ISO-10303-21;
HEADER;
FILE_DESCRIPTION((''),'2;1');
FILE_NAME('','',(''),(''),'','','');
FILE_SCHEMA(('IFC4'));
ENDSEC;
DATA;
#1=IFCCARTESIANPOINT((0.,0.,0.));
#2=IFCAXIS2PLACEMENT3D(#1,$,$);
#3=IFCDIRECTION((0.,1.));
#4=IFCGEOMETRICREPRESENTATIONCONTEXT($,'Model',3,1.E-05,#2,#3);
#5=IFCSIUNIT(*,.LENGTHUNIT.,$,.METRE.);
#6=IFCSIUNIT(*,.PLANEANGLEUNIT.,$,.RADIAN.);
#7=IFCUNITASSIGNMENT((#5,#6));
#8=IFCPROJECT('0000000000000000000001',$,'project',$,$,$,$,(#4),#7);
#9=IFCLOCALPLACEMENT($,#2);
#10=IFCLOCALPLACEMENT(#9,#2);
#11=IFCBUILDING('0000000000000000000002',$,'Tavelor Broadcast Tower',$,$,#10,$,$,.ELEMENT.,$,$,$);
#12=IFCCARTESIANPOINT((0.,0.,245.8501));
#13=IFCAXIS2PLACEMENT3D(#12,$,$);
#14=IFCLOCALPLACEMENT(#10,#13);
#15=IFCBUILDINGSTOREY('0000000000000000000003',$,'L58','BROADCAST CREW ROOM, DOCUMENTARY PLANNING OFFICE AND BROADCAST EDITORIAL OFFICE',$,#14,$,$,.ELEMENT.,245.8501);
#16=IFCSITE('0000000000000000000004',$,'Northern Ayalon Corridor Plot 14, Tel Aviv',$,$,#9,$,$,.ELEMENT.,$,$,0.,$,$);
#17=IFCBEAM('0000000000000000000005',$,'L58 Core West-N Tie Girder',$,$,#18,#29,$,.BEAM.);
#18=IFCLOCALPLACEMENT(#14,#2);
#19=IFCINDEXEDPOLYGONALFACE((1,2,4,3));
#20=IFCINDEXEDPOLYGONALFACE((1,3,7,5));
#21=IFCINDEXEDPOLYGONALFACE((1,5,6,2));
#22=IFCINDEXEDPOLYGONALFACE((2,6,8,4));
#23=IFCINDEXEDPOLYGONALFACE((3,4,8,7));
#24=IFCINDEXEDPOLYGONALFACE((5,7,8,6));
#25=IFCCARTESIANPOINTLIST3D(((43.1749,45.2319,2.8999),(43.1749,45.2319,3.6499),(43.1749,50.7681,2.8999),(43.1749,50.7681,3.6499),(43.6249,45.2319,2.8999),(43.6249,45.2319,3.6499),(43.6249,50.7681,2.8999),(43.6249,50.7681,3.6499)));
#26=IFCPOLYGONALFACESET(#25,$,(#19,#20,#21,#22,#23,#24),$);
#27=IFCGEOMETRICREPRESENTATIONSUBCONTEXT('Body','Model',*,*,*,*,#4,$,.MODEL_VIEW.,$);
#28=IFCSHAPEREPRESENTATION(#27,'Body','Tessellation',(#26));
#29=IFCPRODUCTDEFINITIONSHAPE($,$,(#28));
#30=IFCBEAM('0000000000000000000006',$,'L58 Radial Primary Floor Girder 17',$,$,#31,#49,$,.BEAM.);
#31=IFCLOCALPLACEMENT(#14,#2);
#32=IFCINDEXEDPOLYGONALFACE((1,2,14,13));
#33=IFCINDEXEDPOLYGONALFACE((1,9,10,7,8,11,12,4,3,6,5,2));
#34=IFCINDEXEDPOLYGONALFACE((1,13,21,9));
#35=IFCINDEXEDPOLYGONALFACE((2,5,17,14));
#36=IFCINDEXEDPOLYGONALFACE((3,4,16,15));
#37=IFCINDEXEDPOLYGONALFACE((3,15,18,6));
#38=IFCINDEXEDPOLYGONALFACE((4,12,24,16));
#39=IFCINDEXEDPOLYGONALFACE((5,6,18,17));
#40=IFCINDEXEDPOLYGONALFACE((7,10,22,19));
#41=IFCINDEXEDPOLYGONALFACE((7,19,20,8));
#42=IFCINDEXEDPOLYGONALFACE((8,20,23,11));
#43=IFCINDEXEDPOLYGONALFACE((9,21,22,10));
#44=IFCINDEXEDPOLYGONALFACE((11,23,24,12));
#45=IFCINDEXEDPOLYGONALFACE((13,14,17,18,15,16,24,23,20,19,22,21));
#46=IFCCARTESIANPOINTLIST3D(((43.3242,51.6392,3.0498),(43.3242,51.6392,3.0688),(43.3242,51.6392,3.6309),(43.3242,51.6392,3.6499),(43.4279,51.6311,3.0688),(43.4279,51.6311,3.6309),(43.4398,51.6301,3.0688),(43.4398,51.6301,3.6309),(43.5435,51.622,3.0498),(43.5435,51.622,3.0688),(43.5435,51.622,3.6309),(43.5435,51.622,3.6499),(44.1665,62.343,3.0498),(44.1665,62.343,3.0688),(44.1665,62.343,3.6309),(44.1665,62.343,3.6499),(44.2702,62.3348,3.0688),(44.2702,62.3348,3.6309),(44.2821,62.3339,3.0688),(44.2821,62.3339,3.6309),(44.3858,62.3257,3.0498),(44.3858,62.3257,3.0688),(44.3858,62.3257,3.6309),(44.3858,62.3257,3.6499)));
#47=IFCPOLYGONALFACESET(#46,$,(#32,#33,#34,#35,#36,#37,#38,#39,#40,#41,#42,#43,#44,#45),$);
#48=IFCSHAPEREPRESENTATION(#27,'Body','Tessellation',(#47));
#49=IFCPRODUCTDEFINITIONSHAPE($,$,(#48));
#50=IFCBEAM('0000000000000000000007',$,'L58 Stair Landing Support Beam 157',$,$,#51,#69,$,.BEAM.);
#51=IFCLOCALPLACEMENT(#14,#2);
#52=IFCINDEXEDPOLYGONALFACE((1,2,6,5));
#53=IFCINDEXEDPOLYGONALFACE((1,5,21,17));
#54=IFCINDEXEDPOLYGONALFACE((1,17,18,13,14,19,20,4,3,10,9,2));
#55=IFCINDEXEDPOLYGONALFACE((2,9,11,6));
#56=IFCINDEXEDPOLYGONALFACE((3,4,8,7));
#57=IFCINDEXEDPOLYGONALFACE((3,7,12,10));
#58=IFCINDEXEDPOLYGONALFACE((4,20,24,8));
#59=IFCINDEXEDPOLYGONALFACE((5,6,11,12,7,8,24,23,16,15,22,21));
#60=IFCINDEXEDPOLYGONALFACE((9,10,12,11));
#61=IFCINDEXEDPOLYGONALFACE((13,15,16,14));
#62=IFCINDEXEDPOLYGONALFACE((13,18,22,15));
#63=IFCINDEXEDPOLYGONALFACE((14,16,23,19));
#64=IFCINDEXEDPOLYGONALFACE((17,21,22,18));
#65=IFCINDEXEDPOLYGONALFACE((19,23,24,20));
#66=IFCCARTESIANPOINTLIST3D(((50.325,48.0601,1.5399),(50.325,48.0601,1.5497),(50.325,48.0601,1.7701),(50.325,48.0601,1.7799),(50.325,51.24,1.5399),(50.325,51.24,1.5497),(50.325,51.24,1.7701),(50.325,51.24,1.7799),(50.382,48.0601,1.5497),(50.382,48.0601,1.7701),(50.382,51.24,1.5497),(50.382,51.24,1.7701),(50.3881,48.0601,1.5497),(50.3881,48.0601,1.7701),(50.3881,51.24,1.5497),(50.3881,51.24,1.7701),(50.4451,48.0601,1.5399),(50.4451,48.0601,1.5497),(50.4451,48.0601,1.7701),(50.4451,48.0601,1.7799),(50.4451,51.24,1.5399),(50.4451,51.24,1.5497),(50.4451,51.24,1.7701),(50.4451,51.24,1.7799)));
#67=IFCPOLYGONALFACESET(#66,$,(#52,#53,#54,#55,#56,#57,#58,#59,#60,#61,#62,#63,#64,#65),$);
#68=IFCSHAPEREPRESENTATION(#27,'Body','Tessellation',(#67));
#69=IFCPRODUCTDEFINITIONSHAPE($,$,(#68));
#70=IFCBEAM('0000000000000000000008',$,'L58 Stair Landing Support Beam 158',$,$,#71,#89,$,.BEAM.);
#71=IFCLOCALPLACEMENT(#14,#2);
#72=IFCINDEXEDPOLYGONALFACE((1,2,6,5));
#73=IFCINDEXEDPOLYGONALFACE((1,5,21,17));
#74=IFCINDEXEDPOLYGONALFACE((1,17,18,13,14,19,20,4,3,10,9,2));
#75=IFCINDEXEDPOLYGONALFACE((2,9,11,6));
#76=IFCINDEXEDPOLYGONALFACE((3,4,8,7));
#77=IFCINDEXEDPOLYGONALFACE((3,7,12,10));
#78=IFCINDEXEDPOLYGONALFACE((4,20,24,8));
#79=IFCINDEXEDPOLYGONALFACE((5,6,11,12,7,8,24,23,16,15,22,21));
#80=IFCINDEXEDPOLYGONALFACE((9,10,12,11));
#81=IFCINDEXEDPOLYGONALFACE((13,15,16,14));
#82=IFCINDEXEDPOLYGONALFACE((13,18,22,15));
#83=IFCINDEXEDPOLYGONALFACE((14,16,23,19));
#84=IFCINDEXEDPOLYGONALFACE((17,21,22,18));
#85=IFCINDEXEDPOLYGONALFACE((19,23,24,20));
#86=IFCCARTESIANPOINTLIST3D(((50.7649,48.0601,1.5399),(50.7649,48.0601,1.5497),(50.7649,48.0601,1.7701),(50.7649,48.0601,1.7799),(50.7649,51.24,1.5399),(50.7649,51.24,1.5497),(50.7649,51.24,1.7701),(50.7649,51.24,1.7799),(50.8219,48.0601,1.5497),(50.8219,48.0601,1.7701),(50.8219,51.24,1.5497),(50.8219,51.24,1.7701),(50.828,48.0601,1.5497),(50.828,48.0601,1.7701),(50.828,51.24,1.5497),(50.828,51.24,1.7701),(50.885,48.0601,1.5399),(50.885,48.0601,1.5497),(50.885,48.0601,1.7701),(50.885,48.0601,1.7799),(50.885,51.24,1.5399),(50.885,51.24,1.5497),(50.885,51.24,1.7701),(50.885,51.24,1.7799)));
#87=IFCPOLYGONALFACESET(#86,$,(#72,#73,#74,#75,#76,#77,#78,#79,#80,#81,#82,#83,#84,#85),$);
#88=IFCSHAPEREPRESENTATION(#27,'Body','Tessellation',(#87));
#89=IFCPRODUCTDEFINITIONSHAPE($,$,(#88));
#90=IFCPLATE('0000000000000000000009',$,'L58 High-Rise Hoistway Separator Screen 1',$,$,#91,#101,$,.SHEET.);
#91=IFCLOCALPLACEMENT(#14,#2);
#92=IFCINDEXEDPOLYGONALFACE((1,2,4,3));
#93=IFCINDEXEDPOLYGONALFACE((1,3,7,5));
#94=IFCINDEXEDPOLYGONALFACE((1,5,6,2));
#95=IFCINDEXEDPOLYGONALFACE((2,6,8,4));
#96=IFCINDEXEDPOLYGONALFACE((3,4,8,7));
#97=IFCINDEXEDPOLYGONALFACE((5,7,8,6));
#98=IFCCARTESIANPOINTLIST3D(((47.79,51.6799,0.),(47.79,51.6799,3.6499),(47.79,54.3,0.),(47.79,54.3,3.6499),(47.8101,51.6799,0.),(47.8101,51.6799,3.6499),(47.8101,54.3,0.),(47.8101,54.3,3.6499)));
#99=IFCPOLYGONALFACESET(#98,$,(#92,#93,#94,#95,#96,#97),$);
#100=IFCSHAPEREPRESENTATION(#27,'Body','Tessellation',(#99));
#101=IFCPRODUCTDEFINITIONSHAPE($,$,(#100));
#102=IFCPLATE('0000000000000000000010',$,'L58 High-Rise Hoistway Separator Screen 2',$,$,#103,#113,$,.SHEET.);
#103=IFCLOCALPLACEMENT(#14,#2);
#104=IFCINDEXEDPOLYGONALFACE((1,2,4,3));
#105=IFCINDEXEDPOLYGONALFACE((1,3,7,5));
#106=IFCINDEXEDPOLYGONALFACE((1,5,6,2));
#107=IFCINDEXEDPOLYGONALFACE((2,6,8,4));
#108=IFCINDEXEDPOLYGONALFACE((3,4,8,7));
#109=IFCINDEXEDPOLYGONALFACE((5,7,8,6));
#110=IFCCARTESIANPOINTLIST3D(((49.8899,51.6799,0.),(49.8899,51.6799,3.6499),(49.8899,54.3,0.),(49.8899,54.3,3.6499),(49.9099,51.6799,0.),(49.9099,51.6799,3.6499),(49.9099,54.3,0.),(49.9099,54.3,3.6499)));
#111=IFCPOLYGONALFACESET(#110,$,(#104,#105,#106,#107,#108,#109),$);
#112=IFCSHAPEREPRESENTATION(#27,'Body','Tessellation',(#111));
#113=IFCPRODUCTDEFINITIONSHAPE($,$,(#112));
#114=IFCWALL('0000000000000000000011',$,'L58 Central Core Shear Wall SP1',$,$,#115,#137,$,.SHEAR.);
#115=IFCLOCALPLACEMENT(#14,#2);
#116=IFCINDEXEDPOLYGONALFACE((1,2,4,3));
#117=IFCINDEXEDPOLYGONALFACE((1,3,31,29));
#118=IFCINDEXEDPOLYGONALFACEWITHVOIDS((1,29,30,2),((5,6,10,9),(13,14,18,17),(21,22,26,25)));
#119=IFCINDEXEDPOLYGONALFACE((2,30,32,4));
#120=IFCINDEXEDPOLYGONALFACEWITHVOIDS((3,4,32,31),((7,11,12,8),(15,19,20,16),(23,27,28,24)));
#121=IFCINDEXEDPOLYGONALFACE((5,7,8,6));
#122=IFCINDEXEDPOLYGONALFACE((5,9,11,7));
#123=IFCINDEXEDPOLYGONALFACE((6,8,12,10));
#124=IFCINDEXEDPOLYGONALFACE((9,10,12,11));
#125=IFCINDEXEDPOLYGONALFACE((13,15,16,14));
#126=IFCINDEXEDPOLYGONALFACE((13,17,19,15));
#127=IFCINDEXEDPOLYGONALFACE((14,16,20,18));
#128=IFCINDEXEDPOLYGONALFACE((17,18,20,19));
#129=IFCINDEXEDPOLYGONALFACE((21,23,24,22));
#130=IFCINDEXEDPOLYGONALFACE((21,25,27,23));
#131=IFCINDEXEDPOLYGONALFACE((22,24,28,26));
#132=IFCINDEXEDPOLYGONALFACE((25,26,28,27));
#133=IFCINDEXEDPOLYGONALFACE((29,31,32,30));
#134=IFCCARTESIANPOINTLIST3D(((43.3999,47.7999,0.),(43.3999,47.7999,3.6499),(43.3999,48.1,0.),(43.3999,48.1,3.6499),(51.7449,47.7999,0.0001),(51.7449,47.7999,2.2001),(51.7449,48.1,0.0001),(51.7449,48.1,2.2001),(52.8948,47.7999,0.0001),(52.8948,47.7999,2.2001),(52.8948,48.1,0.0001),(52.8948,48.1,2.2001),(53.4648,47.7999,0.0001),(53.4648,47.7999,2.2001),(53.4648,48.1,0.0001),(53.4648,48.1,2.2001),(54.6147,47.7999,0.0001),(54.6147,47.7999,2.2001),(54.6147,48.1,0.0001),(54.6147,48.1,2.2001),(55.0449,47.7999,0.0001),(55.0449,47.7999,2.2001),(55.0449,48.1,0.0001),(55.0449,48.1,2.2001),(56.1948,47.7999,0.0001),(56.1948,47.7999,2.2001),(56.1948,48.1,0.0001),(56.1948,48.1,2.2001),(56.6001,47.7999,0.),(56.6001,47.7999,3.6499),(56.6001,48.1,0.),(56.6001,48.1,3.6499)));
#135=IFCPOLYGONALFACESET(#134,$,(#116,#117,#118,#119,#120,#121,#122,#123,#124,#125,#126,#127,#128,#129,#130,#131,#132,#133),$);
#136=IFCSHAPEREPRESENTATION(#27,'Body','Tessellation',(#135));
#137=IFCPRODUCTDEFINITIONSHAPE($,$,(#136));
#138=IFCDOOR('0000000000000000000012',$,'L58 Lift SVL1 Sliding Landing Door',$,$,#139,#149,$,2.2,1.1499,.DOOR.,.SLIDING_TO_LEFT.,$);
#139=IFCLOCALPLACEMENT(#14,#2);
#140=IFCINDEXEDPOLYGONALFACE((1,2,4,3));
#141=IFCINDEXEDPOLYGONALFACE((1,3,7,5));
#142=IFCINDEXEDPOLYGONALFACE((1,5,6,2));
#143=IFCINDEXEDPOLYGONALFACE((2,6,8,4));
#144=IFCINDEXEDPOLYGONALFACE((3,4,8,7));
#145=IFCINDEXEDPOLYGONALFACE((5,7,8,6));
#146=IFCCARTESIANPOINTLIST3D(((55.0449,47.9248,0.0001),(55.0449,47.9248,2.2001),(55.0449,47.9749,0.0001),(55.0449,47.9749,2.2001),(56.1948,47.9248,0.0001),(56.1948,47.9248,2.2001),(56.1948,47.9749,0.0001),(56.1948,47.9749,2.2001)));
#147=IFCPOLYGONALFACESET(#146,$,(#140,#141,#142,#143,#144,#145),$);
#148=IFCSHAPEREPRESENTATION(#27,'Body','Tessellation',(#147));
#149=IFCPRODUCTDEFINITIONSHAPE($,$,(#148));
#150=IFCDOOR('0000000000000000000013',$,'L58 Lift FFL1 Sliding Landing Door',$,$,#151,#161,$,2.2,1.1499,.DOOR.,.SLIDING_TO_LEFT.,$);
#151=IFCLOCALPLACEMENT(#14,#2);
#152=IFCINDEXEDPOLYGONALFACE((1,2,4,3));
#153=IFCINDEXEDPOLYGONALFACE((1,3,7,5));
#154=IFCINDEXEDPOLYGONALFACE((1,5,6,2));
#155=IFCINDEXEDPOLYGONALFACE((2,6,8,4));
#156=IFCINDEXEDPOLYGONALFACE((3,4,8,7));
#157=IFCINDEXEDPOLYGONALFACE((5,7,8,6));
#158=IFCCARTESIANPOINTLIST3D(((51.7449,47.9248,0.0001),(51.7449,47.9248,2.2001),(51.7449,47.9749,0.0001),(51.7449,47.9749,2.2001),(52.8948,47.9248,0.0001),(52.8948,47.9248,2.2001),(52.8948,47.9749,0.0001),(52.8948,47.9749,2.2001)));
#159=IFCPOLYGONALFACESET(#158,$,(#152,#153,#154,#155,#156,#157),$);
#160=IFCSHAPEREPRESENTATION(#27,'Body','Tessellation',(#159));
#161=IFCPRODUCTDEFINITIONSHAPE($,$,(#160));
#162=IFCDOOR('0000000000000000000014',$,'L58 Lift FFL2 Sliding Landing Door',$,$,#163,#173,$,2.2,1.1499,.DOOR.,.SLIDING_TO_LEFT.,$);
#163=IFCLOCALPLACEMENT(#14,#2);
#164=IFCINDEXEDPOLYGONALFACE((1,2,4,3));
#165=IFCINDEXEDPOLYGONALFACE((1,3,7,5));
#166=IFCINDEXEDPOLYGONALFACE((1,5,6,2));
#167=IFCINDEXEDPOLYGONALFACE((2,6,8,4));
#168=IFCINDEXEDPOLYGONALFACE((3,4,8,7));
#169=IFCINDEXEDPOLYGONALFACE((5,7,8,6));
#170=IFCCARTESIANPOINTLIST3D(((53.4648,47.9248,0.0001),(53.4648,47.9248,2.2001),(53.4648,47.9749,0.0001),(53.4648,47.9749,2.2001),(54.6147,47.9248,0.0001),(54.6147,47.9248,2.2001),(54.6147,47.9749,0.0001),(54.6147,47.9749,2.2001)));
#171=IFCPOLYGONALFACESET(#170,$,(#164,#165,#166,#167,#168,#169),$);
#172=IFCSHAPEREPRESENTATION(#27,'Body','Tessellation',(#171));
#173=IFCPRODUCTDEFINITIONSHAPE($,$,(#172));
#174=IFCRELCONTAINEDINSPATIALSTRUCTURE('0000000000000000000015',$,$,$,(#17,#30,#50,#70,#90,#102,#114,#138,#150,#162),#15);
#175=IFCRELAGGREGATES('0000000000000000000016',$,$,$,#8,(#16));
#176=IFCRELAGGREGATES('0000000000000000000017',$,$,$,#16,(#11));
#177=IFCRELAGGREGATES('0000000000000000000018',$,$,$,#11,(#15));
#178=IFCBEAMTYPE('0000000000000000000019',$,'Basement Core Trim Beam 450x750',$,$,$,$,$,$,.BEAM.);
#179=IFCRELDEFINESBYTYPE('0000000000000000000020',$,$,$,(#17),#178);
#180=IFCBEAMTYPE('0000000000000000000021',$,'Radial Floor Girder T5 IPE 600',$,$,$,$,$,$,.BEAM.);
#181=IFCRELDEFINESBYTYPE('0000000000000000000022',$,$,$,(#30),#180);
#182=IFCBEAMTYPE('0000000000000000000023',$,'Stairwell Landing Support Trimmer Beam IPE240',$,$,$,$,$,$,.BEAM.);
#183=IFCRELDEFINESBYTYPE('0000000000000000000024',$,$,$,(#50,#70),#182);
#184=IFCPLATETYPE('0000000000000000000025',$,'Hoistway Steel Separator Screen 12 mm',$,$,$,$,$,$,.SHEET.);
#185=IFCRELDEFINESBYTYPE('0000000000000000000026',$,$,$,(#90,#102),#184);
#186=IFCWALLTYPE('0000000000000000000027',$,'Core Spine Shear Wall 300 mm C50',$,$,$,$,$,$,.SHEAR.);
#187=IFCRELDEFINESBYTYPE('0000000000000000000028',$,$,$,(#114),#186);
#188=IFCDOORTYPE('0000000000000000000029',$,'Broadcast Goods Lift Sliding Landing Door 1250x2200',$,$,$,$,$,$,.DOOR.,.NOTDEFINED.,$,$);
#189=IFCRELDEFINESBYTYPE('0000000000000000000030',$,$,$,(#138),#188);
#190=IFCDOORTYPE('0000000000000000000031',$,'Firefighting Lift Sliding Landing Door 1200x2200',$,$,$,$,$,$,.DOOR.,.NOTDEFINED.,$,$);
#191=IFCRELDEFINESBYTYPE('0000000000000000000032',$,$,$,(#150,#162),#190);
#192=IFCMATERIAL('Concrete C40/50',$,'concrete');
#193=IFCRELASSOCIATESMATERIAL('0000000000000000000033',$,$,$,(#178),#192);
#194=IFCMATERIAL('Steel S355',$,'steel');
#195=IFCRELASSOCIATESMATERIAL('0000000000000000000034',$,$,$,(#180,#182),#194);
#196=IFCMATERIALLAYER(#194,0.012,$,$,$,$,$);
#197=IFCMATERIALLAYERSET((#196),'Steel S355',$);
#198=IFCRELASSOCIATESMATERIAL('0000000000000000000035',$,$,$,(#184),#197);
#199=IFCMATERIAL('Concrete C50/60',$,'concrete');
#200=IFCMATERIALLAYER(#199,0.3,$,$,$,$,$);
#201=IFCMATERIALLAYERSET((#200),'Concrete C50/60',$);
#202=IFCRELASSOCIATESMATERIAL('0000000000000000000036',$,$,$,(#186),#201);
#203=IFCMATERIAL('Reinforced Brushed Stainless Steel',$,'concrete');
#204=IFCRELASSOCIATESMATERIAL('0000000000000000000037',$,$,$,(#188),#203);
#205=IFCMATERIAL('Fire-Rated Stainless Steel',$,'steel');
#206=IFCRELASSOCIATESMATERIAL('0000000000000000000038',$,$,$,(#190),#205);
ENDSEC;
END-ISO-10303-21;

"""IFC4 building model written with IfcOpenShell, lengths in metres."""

from ifc_helpers import new_model, si_unit, direction, frame, frame_2d, origin, origin_2d, place, context, subcontext, project, spatial, rectangle, i_section, extrude, source, transform, mapped, material, layer, layer_set, material_profile, profile_set, type_object, type_shapes, element, fill, save


model = new_model("IFC4")

# Units and contexts
model_context = context("Model", 3, precision=1e-05, world=origin(), true_north=direction((0.0, 1.0)))
body_context = subcontext(model_context, "Body", "Model", "MODEL_VIEW")
ifc_project = project(units=[si_unit("LENGTHUNIT", "METRE"), si_unit("PLANEANGLEUNIT", "RADIAN")], contexts=[model_context])

# Site, building, storey
site_placement = place(None, origin())
site = spatial("IfcSite", under=ifc_project, at=site_placement, Name="Northern Ayalon Corridor Plot 14, Tel Aviv", CompositionType="ELEMENT", RefElevation=0.0)
building_placement = place(site_placement, origin())
building = spatial("IfcBuilding", under=site, at=building_placement, Name="Tavelor Broadcast Tower", CompositionType="ELEMENT")
storey_placement = place(building_placement, frame((0.0, 0.0, 245.8501)))
storey = spatial("IfcBuildingStorey", under=building, at=storey_placement, Name="L58", Description="BROADCAST CREW ROOM, DOCUMENTARY PLANNING OFFICE AND BROADCAST EDITORIAL OFFICE", CompositionType="ELEMENT", Elevation=245.8501)

# Beams
ifc_material_1 = material(Name="Concrete C40/50", Category="concrete")
ifc_material_profile_1 = material_profile(ifc_material_1, rectangle(XDim=0.45, YDim=0.75, at=origin_2d()), Name="RC 450x750")
ifc_profile_set_1 = profile_set([ifc_material_profile_1], Name="Concrete C40/50")
beam_type_1 = type_object("IfcBeamType", Name="Basement Core Trim Beam 450x750", PredefinedType="BEAM", material=ifc_profile_set_1)
beam_1_placement = place(storey_placement, frame((43.3999, 45.2319, 3.2749), z_axis=(0.0, 1.0, 0.0), x_axis=(-1.0, 0.0, 0.0)))
element("IfcBeam", 1, at=beam_1_placement, inside=storey, type_object=beam_type_1, Name="L58 Core West-N Tie Girder", PredefinedType="BEAM", context=body_context, shape_type="SweptSolid", body=[
    extrude(rectangle(XDim=0.45, YDim=0.75, at=origin_2d()), origin(), (0.0, 0.0, 1.0), 5.5361),
])
ifc_material_2 = material(Name="Steel S355", Category="steel")
ifc_material_profile_2 = material_profile(ifc_material_2, i_section(OverallWidth=0.22, OverallDepth=0.6001, WebThickness=0.012, FlangeThickness=0.019, at=origin_2d()), Name="IPE 600")
ifc_profile_set_2 = profile_set([ifc_material_profile_2], Name="Steel S355")
beam_type_2 = type_object("IfcBeamType", Name="Radial Floor Girder T5 IPE 600", PredefinedType="BEAM", material=ifc_profile_set_2)
beam_2_placement = place(storey_placement, frame((43.4338, 51.6306, 3.3499), z_axis=(0.078449, 0.996918, 0.0), x_axis=(-0.996918, 0.078449, 0.0)))
element("IfcBeam", 2, at=beam_2_placement, inside=storey, type_object=beam_type_2, Name="L58 Radial Primary Floor Girder 17", PredefinedType="BEAM", context=body_context, shape_type="SweptSolid", body=[
    extrude(i_section(OverallWidth=0.22, OverallDepth=0.6001, WebThickness=0.012, FlangeThickness=0.019, at=origin_2d()), origin(), (0.0, 0.0, 1.0), 10.7368),
])
ifc_material_profile_3 = material_profile(ifc_material_2, i_section(OverallWidth=0.1201, OverallDepth=0.24, WebThickness=0.0061, FlangeThickness=0.0098, at=origin_2d()), Name="IPE 240")
ifc_profile_set_3 = profile_set([ifc_material_profile_3], Name="Steel S355")
beam_type_3 = type_object("IfcBeamType", Name="Stairwell Landing Support Trimmer Beam IPE240", PredefinedType="BEAM", material=ifc_profile_set_3)
for number, where, z_axis, x_axis, name in (
    (3, (50.385, 48.0601, 1.6599), (0.0, 1.0, 0.0), (-1.0, 0.0, 0.0), "L58 Stair Landing Support Beam 157"),
    (4, (50.825, 48.0601, 1.6599), (0.0, 1.0, 0.0), (-1.0, 0.0, 0.0), "L58 Stair Landing Support Beam 158"),
):
    element("IfcBeam", number, at=place(storey_placement, frame(where, z_axis=z_axis, x_axis=x_axis)), inside=storey, type_object=beam_type_3, Name=name, PredefinedType="BEAM", context=body_context, shape_type="SweptSolid", body=[
        extrude(i_section(OverallWidth=0.1201, OverallDepth=0.24, WebThickness=0.0061, FlangeThickness=0.0098, at=origin_2d()), origin(), (0.0, 0.0, 1.0), 3.1799),
    ])

# Plates
ifc_layer_1 = layer(ifc_material_2, 0.012)
ifc_layer_set_1 = layer_set([ifc_layer_1], Name="Steel S355")
plate_type = type_object("IfcPlateType", Name="Hoistway Steel Separator Screen 12 mm", PredefinedType="SHEET", material=ifc_layer_set_1)
shared_shape = source(origin(), body_context, "Body", "SweptSolid", [
    extrude(rectangle(XDim=0.02, YDim=2.6201, at=origin_2d()), origin(), (0.0, 0.0, 1.0), 3.6499),
])
type_shapes(plate_type, [shared_shape])
for number, where, z_axis, x_axis, name in (
    (5, (47.8, 52.99, 0.0), (0.0, 0.0, 1.0), (1.0, 0.0, 0.0), "L58 High-Rise Hoistway Separator Screen 1"),
    (6, (49.8999, 52.99, 0.0), (0.0, 0.0, 1.0), (1.0, 0.0, 0.0), "L58 High-Rise Hoistway Separator Screen 2"),
):
    element("IfcPlate", number, at=place(storey_placement, frame(where, z_axis=z_axis, x_axis=x_axis)), inside=storey, type_object=plate_type, Name=name, PredefinedType="SHEET", context=body_context, shape_type="MappedRepresentation", body=[
        mapped(shared_shape, transform((0.0, 0.0, 0.0), scale=1.0)),
    ])

# Wall, openings, doors
ifc_material_3 = material(Name="Concrete C50/60", Category="concrete")
ifc_layer_2 = layer(ifc_material_3, 0.3)
ifc_layer_set_2 = layer_set([ifc_layer_2], Name="Concrete C50/60")
wall_type_1 = type_object("IfcWallType", Name="Core Spine Shear Wall 300 mm C50", PredefinedType="SHEAR", material=ifc_layer_set_2)
wall_1_placement = place(storey_placement, frame((43.3999, 47.95, 0.0), z_axis=(0.0, 0.0, 1.0), x_axis=(1.0, 0.0, 0.0)))
wall_1 = element("IfcWall", 7, at=wall_1_placement, inside=storey, type_object=wall_type_1, Name="L58 Central Core Shear Wall SP1", PredefinedType="SHEAR", context=body_context, shape_type="SweptSolid", body=[
    extrude(rectangle(XDim=13.2002, YDim=0.3, at=frame_2d((6.6001, 0.0))), origin(), (0.0, 0.0, 1.0), 3.6499),
])
opening_1_placement = place(wall_1_placement, frame((8.345, 0.0, 0.0)))
opening_1 = element("IfcOpeningElement", 8, at=opening_1_placement, cuts=wall_1, PredefinedType="OPENING", context=body_context, shape_type="SweptSolid", body=[
    extrude(rectangle(XDim=1.1499, YDim=2.2, at=frame_2d((0.575, 1.1001))), frame((0.0, 0.1602, 0.0), z_axis=(0.0, -1.0, 0.0), x_axis=(1.0, 0.0, 0.0)), (0.0, 0.0, 1.0), 0.3201),
])
opening_2_placement = place(wall_1_placement, frame((10.0649, 0.0, 0.0)))
opening_2 = element("IfcOpeningElement", 9, at=opening_2_placement, cuts=wall_1, PredefinedType="OPENING", context=body_context, shape_type="SweptSolid", body=[
    extrude(rectangle(XDim=1.1499, YDim=2.2, at=frame_2d((0.575, 1.1001))), frame((0.0, 0.1602, 0.0), z_axis=(0.0, -1.0, 0.0), x_axis=(1.0, 0.0, 0.0)), (0.0, 0.0, 1.0), 0.3201),
])
opening_3_placement = place(wall_1_placement, frame((11.645, 0.0, 0.0)))
opening_3 = element("IfcOpeningElement", 10, at=opening_3_placement, cuts=wall_1, PredefinedType="OPENING", context=body_context, shape_type="SweptSolid", body=[
    extrude(rectangle(XDim=1.1499, YDim=2.2, at=frame_2d((0.575, 1.1001))), frame((0.0, 0.1602, 0.0), z_axis=(0.0, -1.0, 0.0), x_axis=(1.0, 0.0, 0.0)), (0.0, 0.0, 1.0), 0.3201),
])
ifc_material_4 = material(Name="Reinforced Brushed Stainless Steel", Category="concrete")
door_type_1 = type_object("IfcDoorType", Name="Broadcast Goods Lift Sliding Landing Door 1250x2200", OperationType="NOTDEFINED", PredefinedType="DOOR", material=ifc_material_4)
door_1_placement = place(opening_3_placement, origin())
door_1 = element("IfcDoor", 11, at=door_1_placement, inside=storey, type_object=door_type_1, Name="L58 Lift SVL1 Sliding Landing Door", OperationType="SLIDING_TO_LEFT", OverallHeight=2.2, OverallWidth=1.1499, PredefinedType="DOOR", context=body_context, shape_type="SweptSolid", body=[
    extrude(rectangle(XDim=1.1499, YDim=2.2, at=frame_2d((0.575, 1.1001))), frame((0.0, 0.0249, 0.0), z_axis=(0.0, -1.0, 0.0), x_axis=(1.0, 0.0, 0.0)), (0.0, 0.0, 1.0), 0.05),
])
fill(opening_3, door_1)
ifc_material_5 = material(Name="Fire-Rated Stainless Steel", Category="steel")
door_type_2 = type_object("IfcDoorType", Name="Firefighting Lift Sliding Landing Door 1200x2200", OperationType="NOTDEFINED", PredefinedType="DOOR", material=ifc_material_5)
door_2_placement = place(opening_1_placement, origin())
door_2 = element("IfcDoor", 12, at=door_2_placement, inside=storey, type_object=door_type_2, Name="L58 Lift FFL1 Sliding Landing Door", OperationType="SLIDING_TO_LEFT", OverallHeight=2.2, OverallWidth=1.1499, PredefinedType="DOOR", context=body_context, shape_type="SweptSolid", body=[
    extrude(rectangle(XDim=1.1499, YDim=2.2, at=frame_2d((0.575, 1.1001))), frame((0.0, 0.0249, 0.0), z_axis=(0.0, -1.0, 0.0), x_axis=(1.0, 0.0, 0.0)), (0.0, 0.0, 1.0), 0.05),
])
fill(opening_1, door_2)
door_3_placement = place(opening_2_placement, origin())
door_3 = element("IfcDoor", 13, at=door_3_placement, inside=storey, type_object=door_type_2, Name="L58 Lift FFL2 Sliding Landing Door", OperationType="SLIDING_TO_LEFT", OverallHeight=2.2, OverallWidth=1.1499, PredefinedType="DOOR", context=body_context, shape_type="SweptSolid", body=[
    extrude(rectangle(XDim=1.1499, YDim=2.2, at=frame_2d((0.575, 1.1001))), frame((0.0, 0.0249, 0.0), z_axis=(0.0, -1.0, 0.0), x_axis=(1.0, 0.0, 0.0)), (0.0, 0.0, 1.0), 0.05),
])
fill(opening_2, door_3)

save(model, "model.ifc")
